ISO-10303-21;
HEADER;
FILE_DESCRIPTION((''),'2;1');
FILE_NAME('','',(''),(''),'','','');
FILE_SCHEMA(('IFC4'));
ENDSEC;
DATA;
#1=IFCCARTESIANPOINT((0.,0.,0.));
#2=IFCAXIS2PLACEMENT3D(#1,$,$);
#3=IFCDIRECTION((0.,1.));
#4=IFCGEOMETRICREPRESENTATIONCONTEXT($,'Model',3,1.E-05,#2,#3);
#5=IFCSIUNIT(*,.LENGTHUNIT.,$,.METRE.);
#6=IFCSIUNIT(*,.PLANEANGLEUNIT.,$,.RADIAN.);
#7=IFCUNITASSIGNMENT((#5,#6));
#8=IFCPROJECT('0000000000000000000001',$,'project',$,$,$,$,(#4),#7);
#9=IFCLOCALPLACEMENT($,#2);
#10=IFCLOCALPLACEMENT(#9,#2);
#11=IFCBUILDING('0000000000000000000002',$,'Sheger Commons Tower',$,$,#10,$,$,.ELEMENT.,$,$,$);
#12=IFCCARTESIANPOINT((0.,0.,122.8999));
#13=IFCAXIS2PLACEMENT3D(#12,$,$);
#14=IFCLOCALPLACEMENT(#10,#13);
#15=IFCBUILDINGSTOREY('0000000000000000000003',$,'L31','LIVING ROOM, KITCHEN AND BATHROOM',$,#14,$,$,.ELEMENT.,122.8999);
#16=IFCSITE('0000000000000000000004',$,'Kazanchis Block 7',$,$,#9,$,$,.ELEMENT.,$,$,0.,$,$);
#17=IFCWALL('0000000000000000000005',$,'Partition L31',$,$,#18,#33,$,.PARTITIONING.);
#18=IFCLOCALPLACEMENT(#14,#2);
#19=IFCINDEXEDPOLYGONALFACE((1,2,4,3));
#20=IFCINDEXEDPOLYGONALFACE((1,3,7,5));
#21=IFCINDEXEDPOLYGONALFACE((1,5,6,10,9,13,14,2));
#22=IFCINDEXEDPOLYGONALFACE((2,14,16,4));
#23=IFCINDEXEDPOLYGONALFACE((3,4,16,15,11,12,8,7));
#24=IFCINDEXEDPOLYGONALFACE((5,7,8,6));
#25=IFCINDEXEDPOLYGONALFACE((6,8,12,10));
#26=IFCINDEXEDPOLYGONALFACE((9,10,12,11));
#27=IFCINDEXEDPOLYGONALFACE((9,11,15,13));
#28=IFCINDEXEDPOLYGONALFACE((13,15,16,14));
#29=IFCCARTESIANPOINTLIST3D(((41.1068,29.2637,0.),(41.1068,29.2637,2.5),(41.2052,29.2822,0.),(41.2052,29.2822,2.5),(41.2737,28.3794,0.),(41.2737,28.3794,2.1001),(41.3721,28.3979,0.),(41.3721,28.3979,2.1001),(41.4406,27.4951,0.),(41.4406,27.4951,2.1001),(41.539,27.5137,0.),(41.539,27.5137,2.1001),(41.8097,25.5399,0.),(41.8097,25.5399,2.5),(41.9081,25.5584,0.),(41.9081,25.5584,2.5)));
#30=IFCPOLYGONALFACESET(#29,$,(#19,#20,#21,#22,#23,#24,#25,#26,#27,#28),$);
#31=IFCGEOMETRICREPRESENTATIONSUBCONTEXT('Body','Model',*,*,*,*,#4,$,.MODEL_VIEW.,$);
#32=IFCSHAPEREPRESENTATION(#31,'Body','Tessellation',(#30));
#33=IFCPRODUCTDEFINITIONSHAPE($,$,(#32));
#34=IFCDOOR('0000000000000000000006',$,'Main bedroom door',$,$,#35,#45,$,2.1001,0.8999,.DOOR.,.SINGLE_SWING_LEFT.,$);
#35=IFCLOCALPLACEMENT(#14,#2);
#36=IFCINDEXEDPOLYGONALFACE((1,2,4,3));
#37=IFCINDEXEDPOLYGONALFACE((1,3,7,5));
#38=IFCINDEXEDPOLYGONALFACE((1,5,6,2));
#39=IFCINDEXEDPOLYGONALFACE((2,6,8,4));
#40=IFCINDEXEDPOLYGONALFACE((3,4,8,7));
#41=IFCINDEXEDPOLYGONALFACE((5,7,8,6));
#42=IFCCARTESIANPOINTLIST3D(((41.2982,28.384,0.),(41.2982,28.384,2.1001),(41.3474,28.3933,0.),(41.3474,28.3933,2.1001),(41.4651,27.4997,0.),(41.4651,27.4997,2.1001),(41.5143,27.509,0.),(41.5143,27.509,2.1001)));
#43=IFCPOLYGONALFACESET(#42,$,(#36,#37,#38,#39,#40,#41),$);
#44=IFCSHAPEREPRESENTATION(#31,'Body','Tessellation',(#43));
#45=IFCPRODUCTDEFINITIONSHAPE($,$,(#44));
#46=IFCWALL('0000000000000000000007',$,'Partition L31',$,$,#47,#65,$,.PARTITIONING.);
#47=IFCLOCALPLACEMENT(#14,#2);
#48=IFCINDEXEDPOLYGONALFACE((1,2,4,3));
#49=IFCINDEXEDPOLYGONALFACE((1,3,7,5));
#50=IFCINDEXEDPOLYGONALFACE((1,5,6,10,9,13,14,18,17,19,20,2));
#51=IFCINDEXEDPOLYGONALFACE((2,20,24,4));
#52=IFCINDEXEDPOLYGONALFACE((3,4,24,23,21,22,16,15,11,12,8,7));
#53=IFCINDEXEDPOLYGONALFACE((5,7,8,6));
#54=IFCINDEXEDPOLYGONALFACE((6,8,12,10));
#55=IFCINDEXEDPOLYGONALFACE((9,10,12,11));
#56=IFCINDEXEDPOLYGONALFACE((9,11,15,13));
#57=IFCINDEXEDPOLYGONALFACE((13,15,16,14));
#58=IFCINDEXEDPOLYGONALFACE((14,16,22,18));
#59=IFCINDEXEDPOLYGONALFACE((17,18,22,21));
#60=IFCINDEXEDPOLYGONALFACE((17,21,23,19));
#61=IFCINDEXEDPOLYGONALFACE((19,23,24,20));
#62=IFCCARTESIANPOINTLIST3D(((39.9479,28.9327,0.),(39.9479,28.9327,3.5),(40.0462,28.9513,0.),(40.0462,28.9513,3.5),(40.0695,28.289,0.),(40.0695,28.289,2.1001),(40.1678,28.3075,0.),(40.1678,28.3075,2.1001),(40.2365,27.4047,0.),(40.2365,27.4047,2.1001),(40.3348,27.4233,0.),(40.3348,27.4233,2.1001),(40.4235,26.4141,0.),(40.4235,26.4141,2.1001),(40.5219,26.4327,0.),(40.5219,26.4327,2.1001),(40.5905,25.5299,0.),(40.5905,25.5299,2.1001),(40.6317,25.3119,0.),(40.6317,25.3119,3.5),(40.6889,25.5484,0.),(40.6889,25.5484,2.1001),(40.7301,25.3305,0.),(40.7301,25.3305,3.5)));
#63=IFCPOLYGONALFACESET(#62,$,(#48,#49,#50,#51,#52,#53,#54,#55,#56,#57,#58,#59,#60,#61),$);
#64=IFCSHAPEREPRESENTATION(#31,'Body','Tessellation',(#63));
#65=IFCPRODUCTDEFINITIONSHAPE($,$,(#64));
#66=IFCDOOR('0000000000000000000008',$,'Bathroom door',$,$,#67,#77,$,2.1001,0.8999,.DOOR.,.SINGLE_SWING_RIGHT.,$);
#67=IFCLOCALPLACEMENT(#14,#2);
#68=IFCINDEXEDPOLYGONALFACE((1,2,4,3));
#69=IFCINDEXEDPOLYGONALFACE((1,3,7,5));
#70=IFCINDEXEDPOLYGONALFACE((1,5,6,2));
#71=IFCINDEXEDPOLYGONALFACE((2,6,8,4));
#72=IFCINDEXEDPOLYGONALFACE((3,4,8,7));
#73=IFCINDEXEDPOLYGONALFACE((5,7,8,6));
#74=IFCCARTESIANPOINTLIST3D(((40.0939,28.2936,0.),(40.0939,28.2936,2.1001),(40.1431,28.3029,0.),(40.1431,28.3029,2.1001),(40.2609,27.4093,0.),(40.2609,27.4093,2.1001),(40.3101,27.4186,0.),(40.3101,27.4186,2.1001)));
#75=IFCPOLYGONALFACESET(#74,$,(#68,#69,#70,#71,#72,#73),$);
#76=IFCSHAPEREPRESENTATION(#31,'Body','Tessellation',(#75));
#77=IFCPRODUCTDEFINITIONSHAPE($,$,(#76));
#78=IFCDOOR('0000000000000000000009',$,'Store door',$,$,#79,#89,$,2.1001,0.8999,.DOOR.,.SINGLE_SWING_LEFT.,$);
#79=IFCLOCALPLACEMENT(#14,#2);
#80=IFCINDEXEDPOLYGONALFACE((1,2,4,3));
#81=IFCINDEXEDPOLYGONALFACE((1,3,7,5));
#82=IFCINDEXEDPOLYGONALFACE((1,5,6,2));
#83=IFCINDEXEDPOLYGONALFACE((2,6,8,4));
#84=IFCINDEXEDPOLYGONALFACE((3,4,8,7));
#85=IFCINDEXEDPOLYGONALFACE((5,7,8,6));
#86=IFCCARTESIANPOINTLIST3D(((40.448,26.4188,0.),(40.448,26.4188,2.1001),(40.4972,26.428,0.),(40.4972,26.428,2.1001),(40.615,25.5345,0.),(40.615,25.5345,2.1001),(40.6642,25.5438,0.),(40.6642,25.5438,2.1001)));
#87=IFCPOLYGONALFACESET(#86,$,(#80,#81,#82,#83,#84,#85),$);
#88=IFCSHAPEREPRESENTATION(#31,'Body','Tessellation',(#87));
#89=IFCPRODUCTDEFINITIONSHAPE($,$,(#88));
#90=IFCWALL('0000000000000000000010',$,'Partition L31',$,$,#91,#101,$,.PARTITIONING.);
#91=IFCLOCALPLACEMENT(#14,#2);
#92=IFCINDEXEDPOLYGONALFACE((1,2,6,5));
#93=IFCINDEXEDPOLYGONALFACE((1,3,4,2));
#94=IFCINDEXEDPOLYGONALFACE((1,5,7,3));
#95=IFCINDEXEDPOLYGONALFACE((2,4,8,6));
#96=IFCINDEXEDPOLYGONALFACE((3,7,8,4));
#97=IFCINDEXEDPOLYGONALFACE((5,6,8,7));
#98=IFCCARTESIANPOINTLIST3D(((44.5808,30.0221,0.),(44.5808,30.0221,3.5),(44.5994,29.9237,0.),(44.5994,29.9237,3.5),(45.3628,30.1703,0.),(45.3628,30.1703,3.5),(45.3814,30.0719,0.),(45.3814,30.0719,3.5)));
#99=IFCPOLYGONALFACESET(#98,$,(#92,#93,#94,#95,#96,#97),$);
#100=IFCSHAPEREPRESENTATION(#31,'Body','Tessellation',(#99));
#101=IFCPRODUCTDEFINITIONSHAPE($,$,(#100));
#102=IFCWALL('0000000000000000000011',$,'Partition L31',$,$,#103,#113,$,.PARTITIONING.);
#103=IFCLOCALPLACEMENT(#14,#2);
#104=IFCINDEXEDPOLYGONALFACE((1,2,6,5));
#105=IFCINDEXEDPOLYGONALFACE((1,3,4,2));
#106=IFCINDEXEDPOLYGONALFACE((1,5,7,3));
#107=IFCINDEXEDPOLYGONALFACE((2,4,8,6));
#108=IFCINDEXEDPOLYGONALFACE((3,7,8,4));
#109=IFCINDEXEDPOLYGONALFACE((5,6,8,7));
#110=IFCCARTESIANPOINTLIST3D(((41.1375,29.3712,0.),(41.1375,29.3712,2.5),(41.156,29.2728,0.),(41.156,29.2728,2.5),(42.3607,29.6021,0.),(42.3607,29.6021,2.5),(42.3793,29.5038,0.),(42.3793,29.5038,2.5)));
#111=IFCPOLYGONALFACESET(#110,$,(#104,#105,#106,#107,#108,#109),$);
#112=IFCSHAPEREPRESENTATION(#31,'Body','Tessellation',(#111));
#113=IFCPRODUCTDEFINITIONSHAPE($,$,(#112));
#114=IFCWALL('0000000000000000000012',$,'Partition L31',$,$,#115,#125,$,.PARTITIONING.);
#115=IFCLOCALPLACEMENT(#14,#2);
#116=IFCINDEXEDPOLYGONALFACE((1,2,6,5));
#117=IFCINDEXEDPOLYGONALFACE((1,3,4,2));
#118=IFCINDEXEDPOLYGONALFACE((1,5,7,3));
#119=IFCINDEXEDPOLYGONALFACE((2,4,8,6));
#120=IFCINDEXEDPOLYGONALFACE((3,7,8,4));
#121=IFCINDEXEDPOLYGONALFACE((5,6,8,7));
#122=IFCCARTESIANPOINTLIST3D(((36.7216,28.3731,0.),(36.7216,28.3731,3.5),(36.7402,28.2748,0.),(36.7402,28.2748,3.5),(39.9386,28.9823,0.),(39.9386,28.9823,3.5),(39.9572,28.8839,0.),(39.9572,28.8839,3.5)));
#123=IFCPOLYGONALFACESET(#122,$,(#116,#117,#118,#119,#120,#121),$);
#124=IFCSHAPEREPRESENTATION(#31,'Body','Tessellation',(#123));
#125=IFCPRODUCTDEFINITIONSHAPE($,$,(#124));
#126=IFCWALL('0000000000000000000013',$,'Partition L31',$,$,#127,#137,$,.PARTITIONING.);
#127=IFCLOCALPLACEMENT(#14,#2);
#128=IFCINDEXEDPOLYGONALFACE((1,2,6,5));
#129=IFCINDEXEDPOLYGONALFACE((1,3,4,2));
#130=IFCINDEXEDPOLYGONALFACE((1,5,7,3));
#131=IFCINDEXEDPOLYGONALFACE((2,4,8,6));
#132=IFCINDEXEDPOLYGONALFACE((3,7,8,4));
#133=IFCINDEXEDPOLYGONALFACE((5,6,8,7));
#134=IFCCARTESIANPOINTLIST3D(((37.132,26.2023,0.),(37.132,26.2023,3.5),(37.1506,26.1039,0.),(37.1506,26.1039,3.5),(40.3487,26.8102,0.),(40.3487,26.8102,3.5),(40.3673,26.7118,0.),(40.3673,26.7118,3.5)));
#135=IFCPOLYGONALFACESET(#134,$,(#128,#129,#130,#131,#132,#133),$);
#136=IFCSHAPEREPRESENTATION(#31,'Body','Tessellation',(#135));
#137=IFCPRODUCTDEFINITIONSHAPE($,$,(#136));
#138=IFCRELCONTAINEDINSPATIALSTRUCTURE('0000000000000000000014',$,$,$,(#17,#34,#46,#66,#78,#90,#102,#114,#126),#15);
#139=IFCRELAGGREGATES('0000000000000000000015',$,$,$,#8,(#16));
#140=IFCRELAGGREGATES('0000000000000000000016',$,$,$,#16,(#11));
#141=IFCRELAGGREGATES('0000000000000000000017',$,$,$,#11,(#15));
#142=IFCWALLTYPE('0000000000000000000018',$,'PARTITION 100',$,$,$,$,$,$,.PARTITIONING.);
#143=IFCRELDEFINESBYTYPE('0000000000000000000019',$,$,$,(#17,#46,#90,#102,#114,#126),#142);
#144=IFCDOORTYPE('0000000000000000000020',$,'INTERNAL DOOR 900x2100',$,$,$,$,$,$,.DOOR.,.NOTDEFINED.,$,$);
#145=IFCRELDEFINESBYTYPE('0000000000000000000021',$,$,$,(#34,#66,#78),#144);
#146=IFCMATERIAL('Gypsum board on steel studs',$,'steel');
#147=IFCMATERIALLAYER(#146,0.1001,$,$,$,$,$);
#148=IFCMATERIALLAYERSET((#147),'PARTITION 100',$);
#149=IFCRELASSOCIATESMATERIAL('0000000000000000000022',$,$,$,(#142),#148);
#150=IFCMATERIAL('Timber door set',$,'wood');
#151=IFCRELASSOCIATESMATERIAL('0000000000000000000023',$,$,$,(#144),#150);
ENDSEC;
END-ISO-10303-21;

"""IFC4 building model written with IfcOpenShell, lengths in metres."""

from ifc_helpers import new_model, si_unit, direction, frame, frame_2d, origin, place, context, subcontext, project, spatial, rectangle, extrude, material, layer, layer_set, type_object, element, fill, save


model = new_model("IFC4")

# Units and contexts
model_context = context("Model", 3, precision=1e-05, world=origin(), true_north=direction((0.0, 1.0)))
body_context = subcontext(model_context, "Body", "Model", "MODEL_VIEW")
ifc_project = project(units=[si_unit("LENGTHUNIT", "METRE"), si_unit("PLANEANGLEUNIT", "RADIAN")], contexts=[model_context])

# Site, building, storey
site_placement = place(None, origin())
site = spatial("IfcSite", under=ifc_project, at=site_placement, Name="Kazanchis Block 7", CompositionType="ELEMENT", RefElevation=0.0)
building_placement = place(site_placement, origin())
building = spatial("IfcBuilding", under=site, at=building_placement, Name="Sheger Commons Tower", CompositionType="ELEMENT")
storey_placement = place(building_placement, frame((0.0, 0.0, 122.8999)))
storey = spatial("IfcBuildingStorey", under=building, at=storey_placement, Name="L31", Description="LIVING ROOM, KITCHEN AND BATHROOM", CompositionType="ELEMENT", Elevation=122.8999)

# Shared definitions
ifc_material_1 = material(Name="Gypsum board on steel studs", Category="steel")
ifc_layer_1 = layer(ifc_material_1, 0.1001)
ifc_layer_set_1 = layer_set([ifc_layer_1], Name="PARTITION 100")
wall_type_1 = type_object("IfcWallType", Name="PARTITION 100", PredefinedType="PARTITIONING", material=ifc_layer_set_1)

# Wall, opening, door
wall_1_placement = place(storey_placement, frame((41.156, 29.2729, 0.0), z_axis=(0.0, 0.0, 1.0), x_axis=(0.185475, -0.982649, 0.0)))
wall_1 = element("IfcWall", 1, at=wall_1_placement, inside=storey, type_object=wall_type_1, Name="Partition L31", PredefinedType="PARTITIONING", context=body_context, shape_type="SweptSolid", body=[
    extrude(rectangle(XDim=3.7896, YDim=0.1001, at=frame_2d((1.8948, 0.0))), origin(), (0.0, 0.0, 1.0), 2.5),
])
opening_1_placement = place(wall_1_placement, frame((0.8999, 0.0, 0.0)))
opening_1 = element("IfcOpeningElement", 2, at=opening_1_placement, cuts=wall_1, PredefinedType="OPENING", context=body_context, shape_type="SweptSolid", body=[
    extrude(rectangle(XDim=0.8999, YDim=2.1001, at=frame_2d((0.45, 1.05))), frame((0.0, 0.0601, 0.0), z_axis=(0.0, -1.0, 0.0), x_axis=(1.0, 0.0, 0.0)), (0.0, 0.0, 1.0), 0.1201),
])
ifc_material_2 = material(Name="Timber door set", Category="wood")
door_type = type_object("IfcDoorType", Name="INTERNAL DOOR 900x2100", OperationType="NOTDEFINED", PredefinedType="DOOR", material=ifc_material_2)
door_1_placement = place(opening_1_placement, origin())
door_1 = element("IfcDoor", 3, at=door_1_placement, inside=storey, type_object=door_type, Name="Main bedroom door", OperationType="SINGLE_SWING_LEFT", OverallHeight=2.1001, OverallWidth=0.8999, PredefinedType="DOOR", context=body_context, shape_type="SweptSolid", body=[
    extrude(rectangle(XDim=0.8999, YDim=2.1001, at=frame_2d((0.45, 1.05))), frame((0.0, 0.0249, 0.0), z_axis=(0.0, -1.0, 0.0), x_axis=(1.0, 0.0, 0.0)), (0.0, 0.0, 1.0), 0.05),
])
fill(opening_1, door_1)

# Wall, openings, doors
wall_2_placement = place(storey_placement, frame((39.9971, 28.9419, 0.0), z_axis=(0.0, 0.0, 1.0), x_axis=(0.18558, -0.982629, 0.0)))
wall_2 = element("IfcWall", 4, at=wall_2_placement, inside=storey, type_object=wall_type_1, Name="Partition L31", PredefinedType="PARTITIONING", context=body_context, shape_type="SweptSolid", body=[
    extrude(rectangle(XDim=3.6848, YDim=0.1001, at=frame_2d((1.8423, 0.0))), origin(), (0.0, 0.0, 1.0), 3.5),
])
opening_2_placement = place(wall_2_placement, frame((0.655, 0.0, 0.0)))
opening_2 = element("IfcOpeningElement", 5, at=opening_2_placement, cuts=wall_2, PredefinedType="OPENING", context=body_context, shape_type="SweptSolid", body=[
    extrude(rectangle(XDim=0.8999, YDim=2.1001, at=frame_2d((0.45, 1.05))), frame((0.0, 0.0601, 0.0), z_axis=(0.0, -1.0, 0.0), x_axis=(1.0, 0.0, 0.0)), (0.0, 0.0, 1.0), 0.1201),
])
opening_3_placement = place(wall_2_placement, frame((2.563, 0.0, 0.0)))
opening_3 = element("IfcOpeningElement", 6, at=opening_3_placement, cuts=wall_2, PredefinedType="OPENING", context=body_context, shape_type="SweptSolid", body=[
    extrude(rectangle(XDim=0.8999, YDim=2.1001, at=frame_2d((0.45, 1.05))), frame((0.0, 0.0601, 0.0), z_axis=(0.0, -1.0, 0.0), x_axis=(1.0, 0.0, 0.0)), (0.0, 0.0, 1.0), 0.1201),
])
door_2_placement = place(opening_2_placement, origin())
door_2 = element("IfcDoor", 7, at=door_2_placement, inside=storey, type_object=door_type, Name="Bathroom door", OperationType="SINGLE_SWING_RIGHT", OverallHeight=2.1001, OverallWidth=0.8999, PredefinedType="DOOR", context=body_context, shape_type="SweptSolid", body=[
    extrude(rectangle(XDim=0.8999, YDim=2.1001, at=frame_2d((0.45, 1.05))), frame((0.0, 0.0249, 0.0), z_axis=(0.0, -1.0, 0.0), x_axis=(1.0, 0.0, 0.0)), (0.0, 0.0, 1.0), 0.05),
])
fill(opening_2, door_2)
door_3_placement = place(opening_3_placement, origin())
door_3 = element("IfcDoor", 8, at=door_3_placement, inside=storey, type_object=door_type, Name="Store door", OperationType="SINGLE_SWING_LEFT", OverallHeight=2.1001, OverallWidth=0.8999, PredefinedType="DOOR", context=body_context, shape_type="SweptSolid", body=[
    extrude(rectangle(XDim=0.8999, YDim=2.1001, at=frame_2d((0.45, 1.05))), frame((0.0, 0.0249, 0.0), z_axis=(0.0, -1.0, 0.0), x_axis=(1.0, 0.0, 0.0)), (0.0, 0.0, 1.0), 0.05),
])
fill(opening_3, door_3)

# Walls
wall_3_placement = place(storey_placement, frame((45.3721, 30.1211, 0.0), z_axis=(0.0, 0.0, 1.0), x_axis=(-0.982513, -0.186196, 0.0)))
element("IfcWall", 9, at=wall_3_placement, inside=storey, type_object=wall_type_1, Name="Partition L31", PredefinedType="PARTITIONING", context=body_context, shape_type="SweptSolid", body=[
    extrude(rectangle(XDim=0.7959, YDim=0.1001, at=frame_2d((0.3979, 0.0))), origin(), (0.0, 0.0, 1.0), 3.5),
])
wall_4_placement = place(storey_placement, frame((42.3701, 29.553, 0.0), z_axis=(0.0, 0.0, 1.0), x_axis=(-0.982636, -0.185544, 0.0)))
element("IfcWall", 10, at=wall_4_placement, inside=storey, type_object=wall_type_1, Name="Partition L31", PredefinedType="PARTITIONING", context=body_context, shape_type="SweptSolid", body=[
    extrude(rectangle(XDim=1.2449, YDim=0.1001, at=frame_2d((0.6226, 0.0))), origin(), (0.0, 0.0, 1.0), 2.5),
])
wall_5_placement = place(storey_placement, frame((39.948, 28.9331, 0.0), z_axis=(0.0, 0.0, 1.0), x_axis=(-0.982542, -0.18604, 0.0)))
element("IfcWall", 11, at=wall_5_placement, inside=storey, type_object=wall_type_1, Name="Partition L31", PredefinedType="PARTITIONING", context=body_context, shape_type="SweptSolid", body=[
    extrude(rectangle(XDim=3.2742, YDim=0.1001, at=frame_2d((1.6372, 0.0))), origin(), (0.0, 0.0, 1.0), 3.5),
])
wall_6_placement = place(storey_placement, frame((40.3579, 26.761, 0.0), z_axis=(0.0, 0.0, 1.0), x_axis=(-0.982608, -0.185693, 0.0)))
element("IfcWall", 12, at=wall_6_placement, inside=storey, type_object=wall_type_1, Name="Partition L31", PredefinedType="PARTITIONING", context=body_context, shape_type="SweptSolid", body=[
    extrude(rectangle(XDim=3.2737, YDim=0.1001, at=frame_2d((1.6367, 0.0))), origin(), (0.0, 0.0, 1.0), 3.5),
])

save(model, "model.ifc")
